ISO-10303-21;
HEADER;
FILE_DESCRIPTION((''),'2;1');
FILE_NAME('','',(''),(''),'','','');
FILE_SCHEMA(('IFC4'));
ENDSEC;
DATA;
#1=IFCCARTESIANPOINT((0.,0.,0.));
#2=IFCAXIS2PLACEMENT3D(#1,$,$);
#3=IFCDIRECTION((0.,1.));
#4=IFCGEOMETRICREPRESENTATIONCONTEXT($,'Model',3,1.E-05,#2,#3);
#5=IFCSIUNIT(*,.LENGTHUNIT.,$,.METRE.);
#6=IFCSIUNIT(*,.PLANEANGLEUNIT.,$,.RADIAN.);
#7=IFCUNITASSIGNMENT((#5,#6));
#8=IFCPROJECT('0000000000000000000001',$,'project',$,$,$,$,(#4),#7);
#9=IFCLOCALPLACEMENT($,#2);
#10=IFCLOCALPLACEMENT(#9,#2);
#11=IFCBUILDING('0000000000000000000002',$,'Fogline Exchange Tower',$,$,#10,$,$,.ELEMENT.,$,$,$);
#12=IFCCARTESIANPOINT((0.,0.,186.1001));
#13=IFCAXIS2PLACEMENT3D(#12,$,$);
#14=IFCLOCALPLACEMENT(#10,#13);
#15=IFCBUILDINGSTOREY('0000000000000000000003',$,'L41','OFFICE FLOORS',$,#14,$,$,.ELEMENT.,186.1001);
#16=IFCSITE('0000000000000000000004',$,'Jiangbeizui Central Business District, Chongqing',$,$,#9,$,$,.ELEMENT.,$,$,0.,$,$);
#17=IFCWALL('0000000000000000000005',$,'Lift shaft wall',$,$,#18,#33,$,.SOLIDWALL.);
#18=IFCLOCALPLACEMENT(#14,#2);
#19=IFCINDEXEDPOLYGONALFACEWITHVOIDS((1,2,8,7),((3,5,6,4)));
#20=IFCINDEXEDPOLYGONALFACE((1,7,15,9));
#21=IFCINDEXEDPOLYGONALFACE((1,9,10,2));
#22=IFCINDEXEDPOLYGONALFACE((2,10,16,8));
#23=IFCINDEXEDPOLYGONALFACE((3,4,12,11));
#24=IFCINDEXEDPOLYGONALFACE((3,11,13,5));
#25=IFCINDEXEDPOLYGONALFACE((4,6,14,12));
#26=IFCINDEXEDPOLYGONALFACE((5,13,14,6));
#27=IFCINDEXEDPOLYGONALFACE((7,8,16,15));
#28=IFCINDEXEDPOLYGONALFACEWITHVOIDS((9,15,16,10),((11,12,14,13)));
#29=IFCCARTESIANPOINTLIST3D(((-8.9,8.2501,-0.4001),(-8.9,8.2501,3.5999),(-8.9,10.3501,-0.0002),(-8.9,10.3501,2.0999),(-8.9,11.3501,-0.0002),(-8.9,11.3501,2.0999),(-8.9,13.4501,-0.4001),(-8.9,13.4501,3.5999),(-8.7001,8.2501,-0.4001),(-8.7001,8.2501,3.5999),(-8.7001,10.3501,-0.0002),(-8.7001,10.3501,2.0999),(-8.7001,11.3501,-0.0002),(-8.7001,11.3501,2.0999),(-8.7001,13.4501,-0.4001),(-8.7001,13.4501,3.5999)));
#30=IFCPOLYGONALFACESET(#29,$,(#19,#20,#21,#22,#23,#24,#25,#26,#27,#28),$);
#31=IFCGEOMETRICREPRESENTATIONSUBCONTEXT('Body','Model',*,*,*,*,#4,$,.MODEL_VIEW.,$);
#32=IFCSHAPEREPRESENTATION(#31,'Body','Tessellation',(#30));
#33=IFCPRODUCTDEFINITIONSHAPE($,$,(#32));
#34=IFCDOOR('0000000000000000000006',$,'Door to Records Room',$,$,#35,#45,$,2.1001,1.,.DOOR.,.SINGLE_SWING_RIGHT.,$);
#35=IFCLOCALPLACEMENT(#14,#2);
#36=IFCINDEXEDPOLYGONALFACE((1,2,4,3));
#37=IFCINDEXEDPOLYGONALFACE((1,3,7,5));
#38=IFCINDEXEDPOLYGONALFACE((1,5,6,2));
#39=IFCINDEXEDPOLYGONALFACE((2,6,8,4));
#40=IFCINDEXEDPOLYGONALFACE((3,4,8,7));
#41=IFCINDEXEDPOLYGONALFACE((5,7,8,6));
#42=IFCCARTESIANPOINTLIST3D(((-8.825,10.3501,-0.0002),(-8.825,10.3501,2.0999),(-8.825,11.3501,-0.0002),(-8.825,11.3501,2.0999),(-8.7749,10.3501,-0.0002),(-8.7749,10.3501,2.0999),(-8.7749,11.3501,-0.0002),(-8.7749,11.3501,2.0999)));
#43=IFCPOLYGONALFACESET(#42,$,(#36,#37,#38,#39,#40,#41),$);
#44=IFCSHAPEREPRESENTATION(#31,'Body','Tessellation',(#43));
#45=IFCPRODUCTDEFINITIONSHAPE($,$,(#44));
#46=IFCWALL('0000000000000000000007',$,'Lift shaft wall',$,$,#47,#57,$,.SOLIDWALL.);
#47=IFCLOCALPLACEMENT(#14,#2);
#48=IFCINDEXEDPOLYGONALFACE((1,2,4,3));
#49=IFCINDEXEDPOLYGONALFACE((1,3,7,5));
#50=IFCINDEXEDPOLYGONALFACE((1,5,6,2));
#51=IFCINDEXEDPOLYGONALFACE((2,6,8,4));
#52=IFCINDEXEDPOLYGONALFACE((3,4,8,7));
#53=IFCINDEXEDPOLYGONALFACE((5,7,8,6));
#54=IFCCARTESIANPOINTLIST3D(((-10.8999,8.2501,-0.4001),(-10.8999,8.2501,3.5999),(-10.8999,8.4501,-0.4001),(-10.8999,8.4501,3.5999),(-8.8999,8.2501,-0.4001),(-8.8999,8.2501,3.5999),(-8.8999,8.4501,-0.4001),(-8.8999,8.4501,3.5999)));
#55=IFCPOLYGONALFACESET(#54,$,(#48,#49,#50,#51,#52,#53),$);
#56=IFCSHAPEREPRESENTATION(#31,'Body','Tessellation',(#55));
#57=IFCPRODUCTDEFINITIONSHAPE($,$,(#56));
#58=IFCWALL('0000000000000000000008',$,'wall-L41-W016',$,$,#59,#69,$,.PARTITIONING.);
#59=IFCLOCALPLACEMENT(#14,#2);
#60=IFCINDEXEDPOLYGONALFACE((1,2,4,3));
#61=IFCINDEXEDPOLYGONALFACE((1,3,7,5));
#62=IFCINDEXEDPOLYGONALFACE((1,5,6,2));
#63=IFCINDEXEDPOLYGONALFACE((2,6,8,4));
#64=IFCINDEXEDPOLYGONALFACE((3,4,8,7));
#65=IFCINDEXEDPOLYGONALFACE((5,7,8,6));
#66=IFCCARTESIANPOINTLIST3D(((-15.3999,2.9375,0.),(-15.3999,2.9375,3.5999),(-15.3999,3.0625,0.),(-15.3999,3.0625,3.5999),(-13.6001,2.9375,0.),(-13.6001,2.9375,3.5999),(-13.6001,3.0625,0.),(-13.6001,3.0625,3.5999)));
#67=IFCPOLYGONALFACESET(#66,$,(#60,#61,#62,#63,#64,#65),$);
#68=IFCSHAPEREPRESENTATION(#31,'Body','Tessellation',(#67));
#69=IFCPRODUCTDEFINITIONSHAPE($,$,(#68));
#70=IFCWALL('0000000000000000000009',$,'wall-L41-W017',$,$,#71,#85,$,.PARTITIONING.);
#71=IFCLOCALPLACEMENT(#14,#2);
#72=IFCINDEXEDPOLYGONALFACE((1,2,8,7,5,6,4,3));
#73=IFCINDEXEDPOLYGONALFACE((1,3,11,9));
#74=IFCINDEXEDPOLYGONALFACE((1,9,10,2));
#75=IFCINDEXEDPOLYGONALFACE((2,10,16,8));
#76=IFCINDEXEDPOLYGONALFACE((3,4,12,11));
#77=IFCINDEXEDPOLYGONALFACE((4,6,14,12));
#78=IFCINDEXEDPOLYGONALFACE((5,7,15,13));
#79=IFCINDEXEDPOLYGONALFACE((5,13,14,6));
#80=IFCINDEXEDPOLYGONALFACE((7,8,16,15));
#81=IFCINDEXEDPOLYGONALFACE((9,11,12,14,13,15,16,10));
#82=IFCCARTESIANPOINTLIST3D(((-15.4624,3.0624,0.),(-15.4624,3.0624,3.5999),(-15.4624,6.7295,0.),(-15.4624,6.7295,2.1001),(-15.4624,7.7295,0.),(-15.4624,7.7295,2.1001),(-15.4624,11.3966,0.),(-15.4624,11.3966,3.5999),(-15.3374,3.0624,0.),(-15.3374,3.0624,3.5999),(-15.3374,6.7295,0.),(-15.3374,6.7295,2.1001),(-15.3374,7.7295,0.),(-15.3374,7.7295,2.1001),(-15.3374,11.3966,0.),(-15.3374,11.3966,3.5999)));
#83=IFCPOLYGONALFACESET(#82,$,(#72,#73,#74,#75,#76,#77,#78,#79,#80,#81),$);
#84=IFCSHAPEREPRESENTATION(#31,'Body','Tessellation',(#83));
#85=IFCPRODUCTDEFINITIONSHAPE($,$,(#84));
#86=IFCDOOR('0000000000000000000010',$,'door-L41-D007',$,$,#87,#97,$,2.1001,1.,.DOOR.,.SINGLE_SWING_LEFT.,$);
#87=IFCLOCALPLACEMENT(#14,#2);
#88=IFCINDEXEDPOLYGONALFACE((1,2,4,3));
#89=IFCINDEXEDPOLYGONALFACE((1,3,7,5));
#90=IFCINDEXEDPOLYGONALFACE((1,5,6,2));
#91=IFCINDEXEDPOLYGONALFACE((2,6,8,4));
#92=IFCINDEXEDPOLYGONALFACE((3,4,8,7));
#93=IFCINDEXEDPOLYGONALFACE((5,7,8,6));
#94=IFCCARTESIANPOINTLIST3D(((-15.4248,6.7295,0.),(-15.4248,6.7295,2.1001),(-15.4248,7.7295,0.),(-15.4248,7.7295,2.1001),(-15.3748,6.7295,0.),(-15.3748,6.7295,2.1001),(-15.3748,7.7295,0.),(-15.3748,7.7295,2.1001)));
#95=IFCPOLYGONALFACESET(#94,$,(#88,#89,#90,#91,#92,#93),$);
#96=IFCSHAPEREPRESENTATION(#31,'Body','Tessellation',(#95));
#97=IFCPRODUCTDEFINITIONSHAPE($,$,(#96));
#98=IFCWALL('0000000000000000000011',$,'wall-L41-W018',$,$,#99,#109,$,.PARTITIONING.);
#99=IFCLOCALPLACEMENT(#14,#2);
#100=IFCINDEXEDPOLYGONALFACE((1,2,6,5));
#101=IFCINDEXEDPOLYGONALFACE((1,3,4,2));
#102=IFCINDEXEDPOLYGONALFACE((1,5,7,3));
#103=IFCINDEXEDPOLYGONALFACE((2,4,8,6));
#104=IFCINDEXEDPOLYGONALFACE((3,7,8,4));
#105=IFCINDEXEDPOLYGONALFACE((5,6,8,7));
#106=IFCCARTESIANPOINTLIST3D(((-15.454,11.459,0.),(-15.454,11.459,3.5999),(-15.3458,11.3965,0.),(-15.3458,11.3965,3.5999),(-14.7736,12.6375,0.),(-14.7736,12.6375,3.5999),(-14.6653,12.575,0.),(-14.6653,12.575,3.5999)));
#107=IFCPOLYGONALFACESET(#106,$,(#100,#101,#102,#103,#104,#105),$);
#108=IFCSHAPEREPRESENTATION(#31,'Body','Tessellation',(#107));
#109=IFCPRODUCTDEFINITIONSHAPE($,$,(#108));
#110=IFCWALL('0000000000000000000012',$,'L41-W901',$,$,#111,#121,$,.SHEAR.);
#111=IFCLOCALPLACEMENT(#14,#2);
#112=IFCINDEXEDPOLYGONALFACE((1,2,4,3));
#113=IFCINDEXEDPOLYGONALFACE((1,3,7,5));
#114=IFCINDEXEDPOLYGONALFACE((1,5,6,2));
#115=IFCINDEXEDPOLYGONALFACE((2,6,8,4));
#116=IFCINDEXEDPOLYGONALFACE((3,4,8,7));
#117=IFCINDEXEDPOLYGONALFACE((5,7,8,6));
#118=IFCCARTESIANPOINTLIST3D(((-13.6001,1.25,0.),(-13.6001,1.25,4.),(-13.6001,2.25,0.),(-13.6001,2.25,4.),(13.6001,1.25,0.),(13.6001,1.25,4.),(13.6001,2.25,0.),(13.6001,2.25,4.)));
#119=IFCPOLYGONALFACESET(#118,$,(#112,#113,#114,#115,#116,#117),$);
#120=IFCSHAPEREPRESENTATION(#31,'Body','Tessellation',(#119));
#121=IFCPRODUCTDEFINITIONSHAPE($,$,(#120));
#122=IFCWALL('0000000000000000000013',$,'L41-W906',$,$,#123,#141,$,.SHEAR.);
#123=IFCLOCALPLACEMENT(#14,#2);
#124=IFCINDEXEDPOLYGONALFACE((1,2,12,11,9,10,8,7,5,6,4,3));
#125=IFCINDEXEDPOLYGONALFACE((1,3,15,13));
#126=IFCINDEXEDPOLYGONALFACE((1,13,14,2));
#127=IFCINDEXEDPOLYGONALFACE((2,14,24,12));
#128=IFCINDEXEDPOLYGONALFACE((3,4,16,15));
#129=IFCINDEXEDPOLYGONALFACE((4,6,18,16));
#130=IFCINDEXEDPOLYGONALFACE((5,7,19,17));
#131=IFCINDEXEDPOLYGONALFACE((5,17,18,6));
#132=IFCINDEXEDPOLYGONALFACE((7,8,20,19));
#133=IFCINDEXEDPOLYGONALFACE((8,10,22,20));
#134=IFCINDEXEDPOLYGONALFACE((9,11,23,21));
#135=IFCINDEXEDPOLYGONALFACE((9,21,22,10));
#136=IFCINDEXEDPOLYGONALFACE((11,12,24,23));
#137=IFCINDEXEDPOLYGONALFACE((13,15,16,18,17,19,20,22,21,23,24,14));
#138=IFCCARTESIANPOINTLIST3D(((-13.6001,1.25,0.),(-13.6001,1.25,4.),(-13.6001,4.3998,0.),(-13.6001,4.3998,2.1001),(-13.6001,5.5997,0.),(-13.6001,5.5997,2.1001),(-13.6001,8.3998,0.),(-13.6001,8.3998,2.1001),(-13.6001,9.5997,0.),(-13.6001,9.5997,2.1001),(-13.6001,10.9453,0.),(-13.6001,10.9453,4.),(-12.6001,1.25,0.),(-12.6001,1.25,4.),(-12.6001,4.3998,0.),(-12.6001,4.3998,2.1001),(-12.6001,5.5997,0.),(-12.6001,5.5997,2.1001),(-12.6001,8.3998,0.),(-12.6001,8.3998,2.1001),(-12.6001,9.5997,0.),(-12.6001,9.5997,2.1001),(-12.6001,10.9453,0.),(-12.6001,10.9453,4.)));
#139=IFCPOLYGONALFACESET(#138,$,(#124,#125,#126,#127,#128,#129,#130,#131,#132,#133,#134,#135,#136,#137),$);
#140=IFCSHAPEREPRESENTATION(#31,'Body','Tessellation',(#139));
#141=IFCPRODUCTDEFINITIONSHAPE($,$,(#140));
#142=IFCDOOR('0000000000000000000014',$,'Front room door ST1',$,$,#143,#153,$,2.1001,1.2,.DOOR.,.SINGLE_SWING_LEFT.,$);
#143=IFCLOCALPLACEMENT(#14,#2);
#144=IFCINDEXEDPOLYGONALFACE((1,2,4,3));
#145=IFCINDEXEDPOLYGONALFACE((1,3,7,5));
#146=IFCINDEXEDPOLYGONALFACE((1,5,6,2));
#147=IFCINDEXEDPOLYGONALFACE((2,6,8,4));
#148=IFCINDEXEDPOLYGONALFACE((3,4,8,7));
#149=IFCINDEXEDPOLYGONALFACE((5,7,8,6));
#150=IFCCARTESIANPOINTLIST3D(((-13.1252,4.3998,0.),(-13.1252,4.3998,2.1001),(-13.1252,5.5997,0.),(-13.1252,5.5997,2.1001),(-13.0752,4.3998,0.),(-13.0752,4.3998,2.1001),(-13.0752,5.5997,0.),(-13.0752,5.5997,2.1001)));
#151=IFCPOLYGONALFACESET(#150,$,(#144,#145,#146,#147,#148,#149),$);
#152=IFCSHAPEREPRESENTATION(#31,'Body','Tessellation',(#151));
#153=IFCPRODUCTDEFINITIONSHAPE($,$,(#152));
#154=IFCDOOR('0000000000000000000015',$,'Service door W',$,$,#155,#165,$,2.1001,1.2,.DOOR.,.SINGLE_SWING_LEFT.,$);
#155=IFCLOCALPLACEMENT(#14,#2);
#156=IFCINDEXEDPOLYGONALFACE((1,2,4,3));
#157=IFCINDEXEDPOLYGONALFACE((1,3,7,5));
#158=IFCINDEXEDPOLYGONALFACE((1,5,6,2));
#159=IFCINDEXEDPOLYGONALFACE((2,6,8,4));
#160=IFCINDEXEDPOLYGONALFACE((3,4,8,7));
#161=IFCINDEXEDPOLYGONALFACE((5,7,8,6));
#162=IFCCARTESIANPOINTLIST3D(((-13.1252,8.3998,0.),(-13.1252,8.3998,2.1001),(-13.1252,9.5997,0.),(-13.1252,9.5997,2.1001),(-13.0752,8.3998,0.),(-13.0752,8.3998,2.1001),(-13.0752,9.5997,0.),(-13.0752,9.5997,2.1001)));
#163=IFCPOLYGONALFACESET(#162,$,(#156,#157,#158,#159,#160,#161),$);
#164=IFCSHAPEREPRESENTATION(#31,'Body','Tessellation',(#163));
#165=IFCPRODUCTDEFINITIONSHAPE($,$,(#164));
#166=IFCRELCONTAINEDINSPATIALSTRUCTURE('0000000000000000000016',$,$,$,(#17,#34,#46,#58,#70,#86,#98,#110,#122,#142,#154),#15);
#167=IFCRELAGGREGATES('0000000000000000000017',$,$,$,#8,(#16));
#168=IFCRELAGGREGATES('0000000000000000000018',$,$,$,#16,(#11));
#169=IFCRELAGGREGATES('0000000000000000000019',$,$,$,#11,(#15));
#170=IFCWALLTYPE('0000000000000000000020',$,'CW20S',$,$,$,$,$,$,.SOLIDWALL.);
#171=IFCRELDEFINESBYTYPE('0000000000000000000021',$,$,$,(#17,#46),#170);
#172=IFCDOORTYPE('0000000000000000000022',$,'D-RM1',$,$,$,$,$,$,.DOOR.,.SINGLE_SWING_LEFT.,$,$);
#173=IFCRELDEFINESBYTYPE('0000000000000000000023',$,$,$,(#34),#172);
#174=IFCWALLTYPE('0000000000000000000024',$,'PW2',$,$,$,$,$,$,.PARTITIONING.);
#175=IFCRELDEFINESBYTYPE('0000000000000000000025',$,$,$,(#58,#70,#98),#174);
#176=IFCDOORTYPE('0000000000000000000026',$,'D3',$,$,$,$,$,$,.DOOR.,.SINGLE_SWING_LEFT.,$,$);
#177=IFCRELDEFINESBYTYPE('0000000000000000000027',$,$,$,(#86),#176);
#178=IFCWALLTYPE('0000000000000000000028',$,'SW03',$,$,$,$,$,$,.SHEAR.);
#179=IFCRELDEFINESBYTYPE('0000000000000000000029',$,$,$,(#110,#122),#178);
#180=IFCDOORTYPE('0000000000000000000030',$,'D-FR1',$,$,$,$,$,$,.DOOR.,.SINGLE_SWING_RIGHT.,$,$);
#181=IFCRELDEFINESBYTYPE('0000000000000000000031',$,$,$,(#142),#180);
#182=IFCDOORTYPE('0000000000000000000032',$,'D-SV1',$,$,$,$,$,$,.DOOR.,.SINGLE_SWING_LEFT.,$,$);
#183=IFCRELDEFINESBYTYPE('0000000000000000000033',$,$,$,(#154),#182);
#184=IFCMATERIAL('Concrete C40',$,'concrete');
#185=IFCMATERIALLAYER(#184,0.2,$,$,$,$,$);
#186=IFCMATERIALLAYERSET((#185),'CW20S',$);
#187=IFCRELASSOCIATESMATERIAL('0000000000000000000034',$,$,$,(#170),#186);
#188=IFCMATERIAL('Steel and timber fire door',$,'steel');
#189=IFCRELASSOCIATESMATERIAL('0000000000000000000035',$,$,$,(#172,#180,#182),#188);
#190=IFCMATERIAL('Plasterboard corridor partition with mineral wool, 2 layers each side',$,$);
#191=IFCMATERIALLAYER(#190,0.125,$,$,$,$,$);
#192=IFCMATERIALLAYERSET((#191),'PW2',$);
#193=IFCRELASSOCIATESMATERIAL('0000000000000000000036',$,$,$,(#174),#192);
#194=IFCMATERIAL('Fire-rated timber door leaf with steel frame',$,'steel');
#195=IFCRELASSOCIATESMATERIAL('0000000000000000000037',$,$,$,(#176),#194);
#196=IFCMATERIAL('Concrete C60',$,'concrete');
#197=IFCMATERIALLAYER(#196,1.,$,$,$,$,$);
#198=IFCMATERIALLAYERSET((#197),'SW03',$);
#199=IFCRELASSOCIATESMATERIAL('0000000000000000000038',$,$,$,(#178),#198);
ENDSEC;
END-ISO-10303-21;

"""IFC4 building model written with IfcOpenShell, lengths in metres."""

from ifc_helpers import new_model, si_unit, direction, frame, frame_2d, origin, place, context, subcontext, project, spatial, rectangle, extrude, material, layer, layer_set, type_object, element, fill, save


model = new_model("IFC4")

# Units and contexts
model_context = context("Model", 3, precision=1e-05, world=origin(), true_north=direction((0.0, 1.0)))
body_context = subcontext(model_context, "Body", "Model", "MODEL_VIEW")
ifc_project = project(units=[si_unit("LENGTHUNIT", "METRE"), si_unit("PLANEANGLEUNIT", "RADIAN")], contexts=[model_context])

# Site, building, storey
site_placement = place(None, origin())
site = spatial("IfcSite", under=ifc_project, at=site_placement, Name="Jiangbeizui Central Business District, Chongqing", CompositionType="ELEMENT", RefElevation=0.0)
building_placement = place(site_placement, origin())
building = spatial("IfcBuilding", under=site, at=building_placement, Name="Fogline Exchange Tower", CompositionType="ELEMENT")
storey_placement = place(building_placement, frame((0.0, 0.0, 186.1001)))
storey = spatial("IfcBuildingStorey", under=building, at=storey_placement, Name="L41", Description="OFFICE FLOORS", CompositionType="ELEMENT", Elevation=186.1001)

# Shared definitions
ifc_material_1 = material(Name="Concrete C60", Category="concrete")

# Shared definitions
ifc_material_2 = material(Name="Concrete C40", Category="concrete")

# Shared definitions
ifc_material_3 = material(Name="Steel and timber fire door", Category="steel")

# Wall, opening, door
ifc_layer_1 = layer(ifc_material_2, 0.2)
ifc_layer_set_1 = layer_set([ifc_layer_1], Name="CW20S")
wall_type_1 = type_object("IfcWallType", Name="CW20S", PredefinedType="SOLIDWALL", material=ifc_layer_set_1)
wall_1_placement = place(storey_placement, frame((-8.8, 8.25, -0.4001), z_axis=(0.0, 0.0, 1.0), x_axis=(0.0, 1.0, 0.0)))
wall_1 = element("IfcWall", 1, at=wall_1_placement, inside=storey, type_object=wall_type_1, Name="Lift shaft wall", PredefinedType="SOLIDWALL", context=body_context, shape_type="SweptSolid", body=[
    extrude(rectangle(XDim=5.2, YDim=0.2, at=frame_2d((2.6001, 0.0))), origin(), (0.0, 0.0, 1.0), 4.0),
])
opening_1_placement = place(wall_1_placement, frame((2.1001, 0.0, 0.3999)))
opening_1 = element("IfcOpeningElement", 2, at=opening_1_placement, cuts=wall_1, PredefinedType="OPENING", context=body_context, shape_type="SweptSolid", body=[
    extrude(rectangle(XDim=1.0, YDim=2.1001, at=frame_2d((0.5, 1.05))), frame((0.0, 0.1099, 0.0), z_axis=(0.0, -1.0, 0.0), x_axis=(1.0, 0.0, 0.0)), (0.0, 0.0, 1.0), 0.22),
])
door_type_1 = type_object("IfcDoorType", Name="D-RM1", OperationType="SINGLE_SWING_LEFT", PredefinedType="DOOR", material=ifc_material_3)
door_1_placement = place(opening_1_placement, origin())
door_1 = element("IfcDoor", 3, at=door_1_placement, inside=storey, type_object=door_type_1, Name="Door to Records Room", OperationType="SINGLE_SWING_RIGHT", OverallHeight=2.1001, OverallWidth=1.0, PredefinedType="DOOR", context=body_context, shape_type="SweptSolid", body=[
    extrude(rectangle(XDim=1.0, YDim=2.1001, at=frame_2d((0.5, 1.05))), frame((0.0, 0.0249, 0.0), z_axis=(0.0, -1.0, 0.0), x_axis=(1.0, 0.0, 0.0)), (0.0, 0.0, 1.0), 0.05),
])
fill(opening_1, door_1)

# Walls
wall_2_placement = place(storey_placement, frame((-10.8999, 8.3501, -0.4001), z_axis=(0.0, 0.0, 1.0), x_axis=(1.0, 0.0, 0.0)))
element("IfcWall", 4, at=wall_2_placement, inside=storey, type_object=wall_type_1, Name="Lift shaft wall", PredefinedType="SOLIDWALL", context=body_context, shape_type="SweptSolid", body=[
    extrude(rectangle(XDim=2.0, YDim=0.2, at=frame_2d((1.0, 0.0))), origin(), (0.0, 0.0, 1.0), 4.0),
])
ifc_material_4 = material(Name="Plasterboard corridor partition with mineral wool, 2 layers each side")
ifc_layer_2 = layer(ifc_material_4, 0.125)
ifc_layer_set_2 = layer_set([ifc_layer_2], Name="PW2")
wall_type_2 = type_object("IfcWallType", Name="PW2", PredefinedType="PARTITIONING", material=ifc_layer_set_2)
wall_3_placement = place(storey_placement, frame((-13.6001, 3.0, 0.0), z_axis=(0.0, 0.0, 1.0), x_axis=(-1.0, 0.0, 0.0)))
element("IfcWall", 5, at=wall_3_placement, inside=storey, type_object=wall_type_2, Name="wall-L41-W016", PredefinedType="PARTITIONING", context=body_context, shape_type="SweptSolid", body=[
    extrude(rectangle(XDim=1.7998, YDim=0.125, at=frame_2d((0.8999, 0.0))), origin(), (0.0, 0.0, 1.0), 3.5999),
])

# Wall, opening, door
wall_4_placement = place(storey_placement, frame((-15.3999, 3.0625, 0.0), z_axis=(0.0, 0.0, 1.0), x_axis=(0.0, 1.0, 0.0)))
wall_4 = element("IfcWall", 6, at=wall_4_placement, inside=storey, type_object=wall_type_2, Name="wall-L41-W017", PredefinedType="PARTITIONING", context=body_context, shape_type="SweptSolid", body=[
    extrude(rectangle(XDim=8.3342, YDim=0.125, at=frame_2d((4.167, 0.0))), origin(), (0.0, 0.0, 1.0), 3.5999),
])
opening_2_placement = place(wall_4_placement, frame((3.667, 0.0, 0.0)))
opening_2 = element("IfcOpeningElement", 7, at=opening_2_placement, cuts=wall_4, PredefinedType="OPENING", context=body_context, shape_type="SweptSolid", body=[
    extrude(rectangle(XDim=1.0, YDim=2.1001, at=frame_2d((0.5, 1.05))), frame((0.0, 0.0725, 0.0), z_axis=(0.0, -1.0, 0.0), x_axis=(1.0, 0.0, 0.0)), (0.0, 0.0, 1.0), 0.145),
])
ifc_material_5 = material(Name="Fire-rated timber door leaf with steel frame", Category="steel")
door_type_2 = type_object("IfcDoorType", Name="D3", OperationType="SINGLE_SWING_LEFT", PredefinedType="DOOR", material=ifc_material_5)
door_2_placement = place(opening_2_placement, origin())
door_2 = element("IfcDoor", 8, at=door_2_placement, inside=storey, type_object=door_type_2, Name="door-L41-D007", OperationType="SINGLE_SWING_LEFT", OverallHeight=2.1001, OverallWidth=1.0, PredefinedType="DOOR", context=body_context, shape_type="SweptSolid", body=[
    extrude(rectangle(XDim=1.0, YDim=2.1001, at=frame_2d((0.5, 1.05))), frame((0.0, 0.0249, 0.0), z_axis=(0.0, -1.0, 0.0), x_axis=(1.0, 0.0, 0.0)), (0.0, 0.0, 1.0), 0.05),
])
fill(opening_2, door_2)

# Walls
wall_5_placement = place(storey_placement, frame((-15.3999, 11.4277, 0.0), z_axis=(0.0, 0.0, 1.0), x_axis=(0.500018, 0.866015, 0.0)))
element("IfcWall", 9, at=wall_5_placement, inside=storey, type_object=wall_type_2, Name="wall-L41-W018", PredefinedType="PARTITIONING", context=body_context, shape_type="SweptSolid", body=[
    extrude(rectangle(XDim=1.3608, YDim=0.125, at=frame_2d((0.6804, 0.0))), origin(), (0.0, 0.0, 1.0), 3.5999),
])
ifc_layer_3 = layer(ifc_material_1, 1.0)
ifc_layer_set_3 = layer_set([ifc_layer_3], Name="SW03")
wall_type_3 = type_object("IfcWallType", Name="SW03", PredefinedType="SHEAR", material=ifc_layer_set_3)
wall_6_placement = place(storey_placement, frame((-13.6001, 1.75, 0.0), z_axis=(0.0, 0.0, 1.0), x_axis=(1.0, 0.0, 0.0)))
element("IfcWall", 10, at=wall_6_placement, inside=storey, type_object=wall_type_3, Name="L41-W901", PredefinedType="SHEAR", context=body_context, shape_type="SweptSolid", body=[
    extrude(rectangle(XDim=27.2002, YDim=1.0, at=frame_2d((13.6001, 0.0))), origin(), (0.0, 0.0, 1.0), 4.0),
])

# Wall, openings, doors
wall_7_placement = place(storey_placement, frame((-13.1001, 10.9453, 0.0), z_axis=(0.0, 0.0, 1.0), x_axis=(0.0, -1.0, 0.0)))
wall_7 = element("IfcWall", 11, at=wall_7_placement, inside=storey, type_object=wall_type_3, Name="L41-W906", PredefinedType="SHEAR", context=body_context, shape_type="SweptSolid", body=[
    extrude(rectangle(XDim=9.6953, YDim=1.0, at=frame_2d((4.8477, 0.0))), origin(), (0.0, 0.0, 1.0), 4.0),
])
opening_3_placement = place(wall_7_placement, frame((5.3455, 0.0, 0.0)))
opening_3 = element("IfcOpeningElement", 12, at=opening_3_placement, cuts=wall_7, PredefinedType="OPENING", context=body_context, shape_type="SweptSolid", body=[
    extrude(rectangle(XDim=1.2, YDim=2.1001, at=frame_2d((0.6001, 1.05))), frame((0.0, 0.51, 0.0), z_axis=(0.0, -1.0, 0.0), x_axis=(1.0, 0.0, 0.0)), (0.0, 0.0, 1.0), 1.02),
])
opening_4_placement = place(wall_7_placement, frame((1.3455, 0.0, 0.0)))
opening_4 = element("IfcOpeningElement", 13, at=opening_4_placement, cuts=wall_7, PredefinedType="OPENING", context=body_context, shape_type="SweptSolid", body=[
    extrude(rectangle(XDim=1.2, YDim=2.1001, at=frame_2d((0.6001, 1.05))), frame((0.0, 0.51, 0.0), z_axis=(0.0, -1.0, 0.0), x_axis=(1.0, 0.0, 0.0)), (0.0, 0.0, 1.0), 1.02),
])
door_type_3 = type_object("IfcDoorType", Name="D-FR1", OperationType="SINGLE_SWING_RIGHT", PredefinedType="DOOR", material=ifc_material_3)
door_3_placement = place(opening_3_placement, origin())
door_3 = element("IfcDoor", 14, at=door_3_placement, inside=storey, type_object=door_type_3, Name="Front room door ST1", OperationType="SINGLE_SWING_LEFT", OverallHeight=2.1001, OverallWidth=1.2, PredefinedType="DOOR", context=body_context, shape_type="SweptSolid", body=[
    extrude(rectangle(XDim=1.2, YDim=2.1001, at=frame_2d((0.6001, 1.05))), frame((0.0, 0.0249, 0.0), z_axis=(0.0, -1.0, 0.0), x_axis=(1.0, 0.0, 0.0)), (0.0, 0.0, 1.0), 0.05),
])
fill(opening_3, door_3)
door_type_4 = type_object("IfcDoorType", Name="D-SV1", OperationType="SINGLE_SWING_LEFT", PredefinedType="DOOR", material=ifc_material_3)
door_4_placement = place(opening_4_placement, origin())
door_4 = element("IfcDoor", 15, at=door_4_placement, inside=storey, type_object=door_type_4, Name="Service door W", OperationType="SINGLE_SWING_LEFT", OverallHeight=2.1001, OverallWidth=1.2, PredefinedType="DOOR", context=body_context, shape_type="SweptSolid", body=[
    extrude(rectangle(XDim=1.2, YDim=2.1001, at=frame_2d((0.6001, 1.05))), frame((0.0, 0.0249, 0.0), z_axis=(0.0, -1.0, 0.0), x_axis=(1.0, 0.0, 0.0)), (0.0, 0.0, 1.0), 0.05),
])
fill(opening_4, door_4)

save(model, "model.ifc")
